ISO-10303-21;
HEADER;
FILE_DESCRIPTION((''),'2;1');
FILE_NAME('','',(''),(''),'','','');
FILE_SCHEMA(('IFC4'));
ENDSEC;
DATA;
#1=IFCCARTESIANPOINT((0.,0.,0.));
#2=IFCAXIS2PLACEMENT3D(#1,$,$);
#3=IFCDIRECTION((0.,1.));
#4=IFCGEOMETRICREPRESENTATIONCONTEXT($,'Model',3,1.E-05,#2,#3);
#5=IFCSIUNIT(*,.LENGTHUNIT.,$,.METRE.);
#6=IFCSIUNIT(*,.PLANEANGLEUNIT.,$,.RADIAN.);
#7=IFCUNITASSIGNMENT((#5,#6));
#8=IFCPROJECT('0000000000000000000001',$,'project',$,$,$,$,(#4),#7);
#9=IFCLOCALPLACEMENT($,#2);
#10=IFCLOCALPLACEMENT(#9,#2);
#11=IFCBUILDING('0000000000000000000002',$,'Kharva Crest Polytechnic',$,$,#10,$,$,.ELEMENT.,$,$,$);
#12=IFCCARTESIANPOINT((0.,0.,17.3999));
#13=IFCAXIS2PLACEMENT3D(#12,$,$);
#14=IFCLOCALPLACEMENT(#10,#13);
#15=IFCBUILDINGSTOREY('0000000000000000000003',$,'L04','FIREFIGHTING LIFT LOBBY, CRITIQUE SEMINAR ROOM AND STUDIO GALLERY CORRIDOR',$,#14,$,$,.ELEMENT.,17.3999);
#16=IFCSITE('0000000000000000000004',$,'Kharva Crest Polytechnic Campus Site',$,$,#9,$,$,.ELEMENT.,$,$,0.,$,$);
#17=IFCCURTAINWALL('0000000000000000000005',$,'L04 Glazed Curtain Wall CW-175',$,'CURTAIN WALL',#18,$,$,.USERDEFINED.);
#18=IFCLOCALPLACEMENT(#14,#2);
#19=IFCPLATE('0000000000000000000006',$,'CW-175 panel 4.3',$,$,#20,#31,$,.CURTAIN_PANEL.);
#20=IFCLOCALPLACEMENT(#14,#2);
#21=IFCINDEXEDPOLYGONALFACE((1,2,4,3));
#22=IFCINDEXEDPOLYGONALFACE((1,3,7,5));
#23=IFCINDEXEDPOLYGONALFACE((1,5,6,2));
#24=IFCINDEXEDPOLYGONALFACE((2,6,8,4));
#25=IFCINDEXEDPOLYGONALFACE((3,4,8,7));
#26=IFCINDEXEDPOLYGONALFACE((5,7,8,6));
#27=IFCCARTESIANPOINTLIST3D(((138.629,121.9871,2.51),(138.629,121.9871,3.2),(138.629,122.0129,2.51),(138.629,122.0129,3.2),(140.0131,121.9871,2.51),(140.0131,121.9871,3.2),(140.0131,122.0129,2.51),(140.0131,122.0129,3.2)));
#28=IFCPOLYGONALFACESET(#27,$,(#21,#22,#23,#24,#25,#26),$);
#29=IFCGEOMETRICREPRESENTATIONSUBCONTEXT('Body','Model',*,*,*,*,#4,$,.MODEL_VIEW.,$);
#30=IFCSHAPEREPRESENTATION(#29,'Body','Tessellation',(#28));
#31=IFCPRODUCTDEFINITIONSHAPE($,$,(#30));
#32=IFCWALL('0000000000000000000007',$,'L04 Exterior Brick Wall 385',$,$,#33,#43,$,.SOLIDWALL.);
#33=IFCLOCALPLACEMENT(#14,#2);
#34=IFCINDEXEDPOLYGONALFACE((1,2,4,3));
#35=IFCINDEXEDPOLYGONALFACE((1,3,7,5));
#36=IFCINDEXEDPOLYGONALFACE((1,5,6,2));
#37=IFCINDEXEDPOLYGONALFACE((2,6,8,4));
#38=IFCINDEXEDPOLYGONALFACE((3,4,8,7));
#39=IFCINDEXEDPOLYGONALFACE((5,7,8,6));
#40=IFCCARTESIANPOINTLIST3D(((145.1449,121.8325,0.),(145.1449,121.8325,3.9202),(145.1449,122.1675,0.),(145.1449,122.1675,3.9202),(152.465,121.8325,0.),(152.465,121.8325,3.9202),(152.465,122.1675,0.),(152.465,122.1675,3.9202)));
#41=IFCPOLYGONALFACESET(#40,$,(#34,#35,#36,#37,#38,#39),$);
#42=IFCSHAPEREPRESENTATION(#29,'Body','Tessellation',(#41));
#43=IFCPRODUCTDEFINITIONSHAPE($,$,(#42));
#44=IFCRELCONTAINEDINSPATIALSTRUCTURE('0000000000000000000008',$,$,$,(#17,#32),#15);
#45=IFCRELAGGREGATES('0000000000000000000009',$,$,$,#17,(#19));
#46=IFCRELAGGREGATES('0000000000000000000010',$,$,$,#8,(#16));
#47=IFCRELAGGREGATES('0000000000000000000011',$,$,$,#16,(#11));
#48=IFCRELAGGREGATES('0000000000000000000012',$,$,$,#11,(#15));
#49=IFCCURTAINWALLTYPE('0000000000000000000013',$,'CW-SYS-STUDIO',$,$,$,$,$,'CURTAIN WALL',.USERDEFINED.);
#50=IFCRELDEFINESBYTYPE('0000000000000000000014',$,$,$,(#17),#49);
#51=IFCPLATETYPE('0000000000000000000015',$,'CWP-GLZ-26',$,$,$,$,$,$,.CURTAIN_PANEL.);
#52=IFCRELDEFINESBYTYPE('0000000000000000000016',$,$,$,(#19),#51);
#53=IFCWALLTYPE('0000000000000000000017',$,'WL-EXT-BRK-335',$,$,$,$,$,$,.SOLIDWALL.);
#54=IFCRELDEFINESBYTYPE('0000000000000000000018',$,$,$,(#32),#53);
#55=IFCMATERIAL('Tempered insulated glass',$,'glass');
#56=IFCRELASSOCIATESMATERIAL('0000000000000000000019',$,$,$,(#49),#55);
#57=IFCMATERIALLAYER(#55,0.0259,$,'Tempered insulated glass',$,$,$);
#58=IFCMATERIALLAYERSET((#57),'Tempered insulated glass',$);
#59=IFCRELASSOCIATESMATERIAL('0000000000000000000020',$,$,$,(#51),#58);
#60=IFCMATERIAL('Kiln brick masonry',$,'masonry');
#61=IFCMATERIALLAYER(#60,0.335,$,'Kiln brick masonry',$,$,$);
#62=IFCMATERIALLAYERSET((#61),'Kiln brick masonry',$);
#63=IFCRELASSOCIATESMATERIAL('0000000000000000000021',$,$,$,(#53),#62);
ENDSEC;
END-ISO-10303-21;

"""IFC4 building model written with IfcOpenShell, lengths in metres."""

from ifc_helpers import new_model, si_unit, direction, frame, frame_2d, origin, origin_2d, place, context, subcontext, project, spatial, rectangle, extrude, material, layer, layer_set, type_object, element, aggregate, save


model = new_model("IFC4")

# Units and contexts
model_context = context("Model", 3, precision=1e-05, world=origin(), true_north=direction((0.0, 1.0)))
body_context = subcontext(model_context, "Body", "Model", "MODEL_VIEW")
ifc_project = project(units=[si_unit("LENGTHUNIT", "METRE"), si_unit("PLANEANGLEUNIT", "RADIAN")], contexts=[model_context])

# Site, building, storey
site_placement = place(None, origin())
site = spatial("IfcSite", under=ifc_project, at=site_placement, Name="Kharva Crest Polytechnic Campus Site", CompositionType="ELEMENT", RefElevation=0.0)
building_placement = place(site_placement, origin())
building = spatial("IfcBuilding", under=site, at=building_placement, Name="Kharva Crest Polytechnic", CompositionType="ELEMENT")
storey_placement = place(building_placement, frame((0.0, 0.0, 17.3999)))
storey = spatial("IfcBuildingStorey", under=building, at=storey_placement, Name="L04", Description="FIREFIGHTING LIFT LOBBY, CRITIQUE SEMINAR ROOM AND STUDIO GALLERY CORRIDOR", CompositionType="ELEMENT", Elevation=17.3999)

# Curtain wall, plate
ifc_material_1 = material(Name="Tempered insulated glass", Category="glass")
curtain_wall_type = type_object("IfcCurtainWallType", Name="CW-SYS-STUDIO", ElementType="CURTAIN WALL", PredefinedType="USERDEFINED", material=ifc_material_1)
curtain_wall_placement = place(storey_placement, origin())
curtain_wall = element("IfcCurtainWall", 1, at=curtain_wall_placement, inside=storey, type_object=curtain_wall_type, Name="L04 Glazed Curtain Wall CW-175", ObjectType="CURTAIN WALL", PredefinedType="USERDEFINED")
ifc_layer_1 = layer(ifc_material_1, 0.0259, Name="Tempered insulated glass")
ifc_layer_set_1 = layer_set([ifc_layer_1], Name="Tempered insulated glass")
plate_type = type_object("IfcPlateType", Name="CWP-GLZ-26", PredefinedType="CURTAIN_PANEL", material=ifc_layer_set_1)
plate_1_placement = place(storey_placement, frame((139.321, 122.0, 2.51), z_axis=(0.0, 0.0, 1.0), x_axis=(-1.0, 0.0, 0.0)))
plate_1 = element("IfcPlate", 2, at=plate_1_placement, type_object=plate_type, Name="CW-175 panel 4.3", PredefinedType="CURTAIN_PANEL", context=body_context, shape_type="SweptSolid", body=[
    extrude(rectangle(XDim=1.384, YDim=0.0259, at=origin_2d()), origin(), (0.0, 0.0, 1.0), 0.6899),
])
aggregate(curtain_wall, [plate_1])

# Wall
ifc_material_2 = material(Name="Kiln brick masonry", Category="masonry")
ifc_layer_2 = layer(ifc_material_2, 0.335, Name="Kiln brick masonry")
ifc_layer_set_2 = layer_set([ifc_layer_2], Name="Kiln brick masonry")
wall_type = type_object("IfcWallType", Name="WL-EXT-BRK-335", PredefinedType="SOLIDWALL", material=ifc_layer_set_2)
wall_placement = place(storey_placement, frame((152.4651, 122.0, 0.0), z_axis=(0.0, 0.0, 1.0), x_axis=(-1.0, 0.0, 0.0)))
element("IfcWall", 3, at=wall_placement, inside=storey, type_object=wall_type, Name="L04 Exterior Brick Wall 385", PredefinedType="SOLIDWALL", context=body_context, shape_type="SweptSolid", body=[
    extrude(rectangle(XDim=7.3201, YDim=0.335, at=frame_2d((3.6602, 0.0))), origin(), (0.0, 0.0, 1.0), 3.9202),
])

save(model, "model.ifc")
